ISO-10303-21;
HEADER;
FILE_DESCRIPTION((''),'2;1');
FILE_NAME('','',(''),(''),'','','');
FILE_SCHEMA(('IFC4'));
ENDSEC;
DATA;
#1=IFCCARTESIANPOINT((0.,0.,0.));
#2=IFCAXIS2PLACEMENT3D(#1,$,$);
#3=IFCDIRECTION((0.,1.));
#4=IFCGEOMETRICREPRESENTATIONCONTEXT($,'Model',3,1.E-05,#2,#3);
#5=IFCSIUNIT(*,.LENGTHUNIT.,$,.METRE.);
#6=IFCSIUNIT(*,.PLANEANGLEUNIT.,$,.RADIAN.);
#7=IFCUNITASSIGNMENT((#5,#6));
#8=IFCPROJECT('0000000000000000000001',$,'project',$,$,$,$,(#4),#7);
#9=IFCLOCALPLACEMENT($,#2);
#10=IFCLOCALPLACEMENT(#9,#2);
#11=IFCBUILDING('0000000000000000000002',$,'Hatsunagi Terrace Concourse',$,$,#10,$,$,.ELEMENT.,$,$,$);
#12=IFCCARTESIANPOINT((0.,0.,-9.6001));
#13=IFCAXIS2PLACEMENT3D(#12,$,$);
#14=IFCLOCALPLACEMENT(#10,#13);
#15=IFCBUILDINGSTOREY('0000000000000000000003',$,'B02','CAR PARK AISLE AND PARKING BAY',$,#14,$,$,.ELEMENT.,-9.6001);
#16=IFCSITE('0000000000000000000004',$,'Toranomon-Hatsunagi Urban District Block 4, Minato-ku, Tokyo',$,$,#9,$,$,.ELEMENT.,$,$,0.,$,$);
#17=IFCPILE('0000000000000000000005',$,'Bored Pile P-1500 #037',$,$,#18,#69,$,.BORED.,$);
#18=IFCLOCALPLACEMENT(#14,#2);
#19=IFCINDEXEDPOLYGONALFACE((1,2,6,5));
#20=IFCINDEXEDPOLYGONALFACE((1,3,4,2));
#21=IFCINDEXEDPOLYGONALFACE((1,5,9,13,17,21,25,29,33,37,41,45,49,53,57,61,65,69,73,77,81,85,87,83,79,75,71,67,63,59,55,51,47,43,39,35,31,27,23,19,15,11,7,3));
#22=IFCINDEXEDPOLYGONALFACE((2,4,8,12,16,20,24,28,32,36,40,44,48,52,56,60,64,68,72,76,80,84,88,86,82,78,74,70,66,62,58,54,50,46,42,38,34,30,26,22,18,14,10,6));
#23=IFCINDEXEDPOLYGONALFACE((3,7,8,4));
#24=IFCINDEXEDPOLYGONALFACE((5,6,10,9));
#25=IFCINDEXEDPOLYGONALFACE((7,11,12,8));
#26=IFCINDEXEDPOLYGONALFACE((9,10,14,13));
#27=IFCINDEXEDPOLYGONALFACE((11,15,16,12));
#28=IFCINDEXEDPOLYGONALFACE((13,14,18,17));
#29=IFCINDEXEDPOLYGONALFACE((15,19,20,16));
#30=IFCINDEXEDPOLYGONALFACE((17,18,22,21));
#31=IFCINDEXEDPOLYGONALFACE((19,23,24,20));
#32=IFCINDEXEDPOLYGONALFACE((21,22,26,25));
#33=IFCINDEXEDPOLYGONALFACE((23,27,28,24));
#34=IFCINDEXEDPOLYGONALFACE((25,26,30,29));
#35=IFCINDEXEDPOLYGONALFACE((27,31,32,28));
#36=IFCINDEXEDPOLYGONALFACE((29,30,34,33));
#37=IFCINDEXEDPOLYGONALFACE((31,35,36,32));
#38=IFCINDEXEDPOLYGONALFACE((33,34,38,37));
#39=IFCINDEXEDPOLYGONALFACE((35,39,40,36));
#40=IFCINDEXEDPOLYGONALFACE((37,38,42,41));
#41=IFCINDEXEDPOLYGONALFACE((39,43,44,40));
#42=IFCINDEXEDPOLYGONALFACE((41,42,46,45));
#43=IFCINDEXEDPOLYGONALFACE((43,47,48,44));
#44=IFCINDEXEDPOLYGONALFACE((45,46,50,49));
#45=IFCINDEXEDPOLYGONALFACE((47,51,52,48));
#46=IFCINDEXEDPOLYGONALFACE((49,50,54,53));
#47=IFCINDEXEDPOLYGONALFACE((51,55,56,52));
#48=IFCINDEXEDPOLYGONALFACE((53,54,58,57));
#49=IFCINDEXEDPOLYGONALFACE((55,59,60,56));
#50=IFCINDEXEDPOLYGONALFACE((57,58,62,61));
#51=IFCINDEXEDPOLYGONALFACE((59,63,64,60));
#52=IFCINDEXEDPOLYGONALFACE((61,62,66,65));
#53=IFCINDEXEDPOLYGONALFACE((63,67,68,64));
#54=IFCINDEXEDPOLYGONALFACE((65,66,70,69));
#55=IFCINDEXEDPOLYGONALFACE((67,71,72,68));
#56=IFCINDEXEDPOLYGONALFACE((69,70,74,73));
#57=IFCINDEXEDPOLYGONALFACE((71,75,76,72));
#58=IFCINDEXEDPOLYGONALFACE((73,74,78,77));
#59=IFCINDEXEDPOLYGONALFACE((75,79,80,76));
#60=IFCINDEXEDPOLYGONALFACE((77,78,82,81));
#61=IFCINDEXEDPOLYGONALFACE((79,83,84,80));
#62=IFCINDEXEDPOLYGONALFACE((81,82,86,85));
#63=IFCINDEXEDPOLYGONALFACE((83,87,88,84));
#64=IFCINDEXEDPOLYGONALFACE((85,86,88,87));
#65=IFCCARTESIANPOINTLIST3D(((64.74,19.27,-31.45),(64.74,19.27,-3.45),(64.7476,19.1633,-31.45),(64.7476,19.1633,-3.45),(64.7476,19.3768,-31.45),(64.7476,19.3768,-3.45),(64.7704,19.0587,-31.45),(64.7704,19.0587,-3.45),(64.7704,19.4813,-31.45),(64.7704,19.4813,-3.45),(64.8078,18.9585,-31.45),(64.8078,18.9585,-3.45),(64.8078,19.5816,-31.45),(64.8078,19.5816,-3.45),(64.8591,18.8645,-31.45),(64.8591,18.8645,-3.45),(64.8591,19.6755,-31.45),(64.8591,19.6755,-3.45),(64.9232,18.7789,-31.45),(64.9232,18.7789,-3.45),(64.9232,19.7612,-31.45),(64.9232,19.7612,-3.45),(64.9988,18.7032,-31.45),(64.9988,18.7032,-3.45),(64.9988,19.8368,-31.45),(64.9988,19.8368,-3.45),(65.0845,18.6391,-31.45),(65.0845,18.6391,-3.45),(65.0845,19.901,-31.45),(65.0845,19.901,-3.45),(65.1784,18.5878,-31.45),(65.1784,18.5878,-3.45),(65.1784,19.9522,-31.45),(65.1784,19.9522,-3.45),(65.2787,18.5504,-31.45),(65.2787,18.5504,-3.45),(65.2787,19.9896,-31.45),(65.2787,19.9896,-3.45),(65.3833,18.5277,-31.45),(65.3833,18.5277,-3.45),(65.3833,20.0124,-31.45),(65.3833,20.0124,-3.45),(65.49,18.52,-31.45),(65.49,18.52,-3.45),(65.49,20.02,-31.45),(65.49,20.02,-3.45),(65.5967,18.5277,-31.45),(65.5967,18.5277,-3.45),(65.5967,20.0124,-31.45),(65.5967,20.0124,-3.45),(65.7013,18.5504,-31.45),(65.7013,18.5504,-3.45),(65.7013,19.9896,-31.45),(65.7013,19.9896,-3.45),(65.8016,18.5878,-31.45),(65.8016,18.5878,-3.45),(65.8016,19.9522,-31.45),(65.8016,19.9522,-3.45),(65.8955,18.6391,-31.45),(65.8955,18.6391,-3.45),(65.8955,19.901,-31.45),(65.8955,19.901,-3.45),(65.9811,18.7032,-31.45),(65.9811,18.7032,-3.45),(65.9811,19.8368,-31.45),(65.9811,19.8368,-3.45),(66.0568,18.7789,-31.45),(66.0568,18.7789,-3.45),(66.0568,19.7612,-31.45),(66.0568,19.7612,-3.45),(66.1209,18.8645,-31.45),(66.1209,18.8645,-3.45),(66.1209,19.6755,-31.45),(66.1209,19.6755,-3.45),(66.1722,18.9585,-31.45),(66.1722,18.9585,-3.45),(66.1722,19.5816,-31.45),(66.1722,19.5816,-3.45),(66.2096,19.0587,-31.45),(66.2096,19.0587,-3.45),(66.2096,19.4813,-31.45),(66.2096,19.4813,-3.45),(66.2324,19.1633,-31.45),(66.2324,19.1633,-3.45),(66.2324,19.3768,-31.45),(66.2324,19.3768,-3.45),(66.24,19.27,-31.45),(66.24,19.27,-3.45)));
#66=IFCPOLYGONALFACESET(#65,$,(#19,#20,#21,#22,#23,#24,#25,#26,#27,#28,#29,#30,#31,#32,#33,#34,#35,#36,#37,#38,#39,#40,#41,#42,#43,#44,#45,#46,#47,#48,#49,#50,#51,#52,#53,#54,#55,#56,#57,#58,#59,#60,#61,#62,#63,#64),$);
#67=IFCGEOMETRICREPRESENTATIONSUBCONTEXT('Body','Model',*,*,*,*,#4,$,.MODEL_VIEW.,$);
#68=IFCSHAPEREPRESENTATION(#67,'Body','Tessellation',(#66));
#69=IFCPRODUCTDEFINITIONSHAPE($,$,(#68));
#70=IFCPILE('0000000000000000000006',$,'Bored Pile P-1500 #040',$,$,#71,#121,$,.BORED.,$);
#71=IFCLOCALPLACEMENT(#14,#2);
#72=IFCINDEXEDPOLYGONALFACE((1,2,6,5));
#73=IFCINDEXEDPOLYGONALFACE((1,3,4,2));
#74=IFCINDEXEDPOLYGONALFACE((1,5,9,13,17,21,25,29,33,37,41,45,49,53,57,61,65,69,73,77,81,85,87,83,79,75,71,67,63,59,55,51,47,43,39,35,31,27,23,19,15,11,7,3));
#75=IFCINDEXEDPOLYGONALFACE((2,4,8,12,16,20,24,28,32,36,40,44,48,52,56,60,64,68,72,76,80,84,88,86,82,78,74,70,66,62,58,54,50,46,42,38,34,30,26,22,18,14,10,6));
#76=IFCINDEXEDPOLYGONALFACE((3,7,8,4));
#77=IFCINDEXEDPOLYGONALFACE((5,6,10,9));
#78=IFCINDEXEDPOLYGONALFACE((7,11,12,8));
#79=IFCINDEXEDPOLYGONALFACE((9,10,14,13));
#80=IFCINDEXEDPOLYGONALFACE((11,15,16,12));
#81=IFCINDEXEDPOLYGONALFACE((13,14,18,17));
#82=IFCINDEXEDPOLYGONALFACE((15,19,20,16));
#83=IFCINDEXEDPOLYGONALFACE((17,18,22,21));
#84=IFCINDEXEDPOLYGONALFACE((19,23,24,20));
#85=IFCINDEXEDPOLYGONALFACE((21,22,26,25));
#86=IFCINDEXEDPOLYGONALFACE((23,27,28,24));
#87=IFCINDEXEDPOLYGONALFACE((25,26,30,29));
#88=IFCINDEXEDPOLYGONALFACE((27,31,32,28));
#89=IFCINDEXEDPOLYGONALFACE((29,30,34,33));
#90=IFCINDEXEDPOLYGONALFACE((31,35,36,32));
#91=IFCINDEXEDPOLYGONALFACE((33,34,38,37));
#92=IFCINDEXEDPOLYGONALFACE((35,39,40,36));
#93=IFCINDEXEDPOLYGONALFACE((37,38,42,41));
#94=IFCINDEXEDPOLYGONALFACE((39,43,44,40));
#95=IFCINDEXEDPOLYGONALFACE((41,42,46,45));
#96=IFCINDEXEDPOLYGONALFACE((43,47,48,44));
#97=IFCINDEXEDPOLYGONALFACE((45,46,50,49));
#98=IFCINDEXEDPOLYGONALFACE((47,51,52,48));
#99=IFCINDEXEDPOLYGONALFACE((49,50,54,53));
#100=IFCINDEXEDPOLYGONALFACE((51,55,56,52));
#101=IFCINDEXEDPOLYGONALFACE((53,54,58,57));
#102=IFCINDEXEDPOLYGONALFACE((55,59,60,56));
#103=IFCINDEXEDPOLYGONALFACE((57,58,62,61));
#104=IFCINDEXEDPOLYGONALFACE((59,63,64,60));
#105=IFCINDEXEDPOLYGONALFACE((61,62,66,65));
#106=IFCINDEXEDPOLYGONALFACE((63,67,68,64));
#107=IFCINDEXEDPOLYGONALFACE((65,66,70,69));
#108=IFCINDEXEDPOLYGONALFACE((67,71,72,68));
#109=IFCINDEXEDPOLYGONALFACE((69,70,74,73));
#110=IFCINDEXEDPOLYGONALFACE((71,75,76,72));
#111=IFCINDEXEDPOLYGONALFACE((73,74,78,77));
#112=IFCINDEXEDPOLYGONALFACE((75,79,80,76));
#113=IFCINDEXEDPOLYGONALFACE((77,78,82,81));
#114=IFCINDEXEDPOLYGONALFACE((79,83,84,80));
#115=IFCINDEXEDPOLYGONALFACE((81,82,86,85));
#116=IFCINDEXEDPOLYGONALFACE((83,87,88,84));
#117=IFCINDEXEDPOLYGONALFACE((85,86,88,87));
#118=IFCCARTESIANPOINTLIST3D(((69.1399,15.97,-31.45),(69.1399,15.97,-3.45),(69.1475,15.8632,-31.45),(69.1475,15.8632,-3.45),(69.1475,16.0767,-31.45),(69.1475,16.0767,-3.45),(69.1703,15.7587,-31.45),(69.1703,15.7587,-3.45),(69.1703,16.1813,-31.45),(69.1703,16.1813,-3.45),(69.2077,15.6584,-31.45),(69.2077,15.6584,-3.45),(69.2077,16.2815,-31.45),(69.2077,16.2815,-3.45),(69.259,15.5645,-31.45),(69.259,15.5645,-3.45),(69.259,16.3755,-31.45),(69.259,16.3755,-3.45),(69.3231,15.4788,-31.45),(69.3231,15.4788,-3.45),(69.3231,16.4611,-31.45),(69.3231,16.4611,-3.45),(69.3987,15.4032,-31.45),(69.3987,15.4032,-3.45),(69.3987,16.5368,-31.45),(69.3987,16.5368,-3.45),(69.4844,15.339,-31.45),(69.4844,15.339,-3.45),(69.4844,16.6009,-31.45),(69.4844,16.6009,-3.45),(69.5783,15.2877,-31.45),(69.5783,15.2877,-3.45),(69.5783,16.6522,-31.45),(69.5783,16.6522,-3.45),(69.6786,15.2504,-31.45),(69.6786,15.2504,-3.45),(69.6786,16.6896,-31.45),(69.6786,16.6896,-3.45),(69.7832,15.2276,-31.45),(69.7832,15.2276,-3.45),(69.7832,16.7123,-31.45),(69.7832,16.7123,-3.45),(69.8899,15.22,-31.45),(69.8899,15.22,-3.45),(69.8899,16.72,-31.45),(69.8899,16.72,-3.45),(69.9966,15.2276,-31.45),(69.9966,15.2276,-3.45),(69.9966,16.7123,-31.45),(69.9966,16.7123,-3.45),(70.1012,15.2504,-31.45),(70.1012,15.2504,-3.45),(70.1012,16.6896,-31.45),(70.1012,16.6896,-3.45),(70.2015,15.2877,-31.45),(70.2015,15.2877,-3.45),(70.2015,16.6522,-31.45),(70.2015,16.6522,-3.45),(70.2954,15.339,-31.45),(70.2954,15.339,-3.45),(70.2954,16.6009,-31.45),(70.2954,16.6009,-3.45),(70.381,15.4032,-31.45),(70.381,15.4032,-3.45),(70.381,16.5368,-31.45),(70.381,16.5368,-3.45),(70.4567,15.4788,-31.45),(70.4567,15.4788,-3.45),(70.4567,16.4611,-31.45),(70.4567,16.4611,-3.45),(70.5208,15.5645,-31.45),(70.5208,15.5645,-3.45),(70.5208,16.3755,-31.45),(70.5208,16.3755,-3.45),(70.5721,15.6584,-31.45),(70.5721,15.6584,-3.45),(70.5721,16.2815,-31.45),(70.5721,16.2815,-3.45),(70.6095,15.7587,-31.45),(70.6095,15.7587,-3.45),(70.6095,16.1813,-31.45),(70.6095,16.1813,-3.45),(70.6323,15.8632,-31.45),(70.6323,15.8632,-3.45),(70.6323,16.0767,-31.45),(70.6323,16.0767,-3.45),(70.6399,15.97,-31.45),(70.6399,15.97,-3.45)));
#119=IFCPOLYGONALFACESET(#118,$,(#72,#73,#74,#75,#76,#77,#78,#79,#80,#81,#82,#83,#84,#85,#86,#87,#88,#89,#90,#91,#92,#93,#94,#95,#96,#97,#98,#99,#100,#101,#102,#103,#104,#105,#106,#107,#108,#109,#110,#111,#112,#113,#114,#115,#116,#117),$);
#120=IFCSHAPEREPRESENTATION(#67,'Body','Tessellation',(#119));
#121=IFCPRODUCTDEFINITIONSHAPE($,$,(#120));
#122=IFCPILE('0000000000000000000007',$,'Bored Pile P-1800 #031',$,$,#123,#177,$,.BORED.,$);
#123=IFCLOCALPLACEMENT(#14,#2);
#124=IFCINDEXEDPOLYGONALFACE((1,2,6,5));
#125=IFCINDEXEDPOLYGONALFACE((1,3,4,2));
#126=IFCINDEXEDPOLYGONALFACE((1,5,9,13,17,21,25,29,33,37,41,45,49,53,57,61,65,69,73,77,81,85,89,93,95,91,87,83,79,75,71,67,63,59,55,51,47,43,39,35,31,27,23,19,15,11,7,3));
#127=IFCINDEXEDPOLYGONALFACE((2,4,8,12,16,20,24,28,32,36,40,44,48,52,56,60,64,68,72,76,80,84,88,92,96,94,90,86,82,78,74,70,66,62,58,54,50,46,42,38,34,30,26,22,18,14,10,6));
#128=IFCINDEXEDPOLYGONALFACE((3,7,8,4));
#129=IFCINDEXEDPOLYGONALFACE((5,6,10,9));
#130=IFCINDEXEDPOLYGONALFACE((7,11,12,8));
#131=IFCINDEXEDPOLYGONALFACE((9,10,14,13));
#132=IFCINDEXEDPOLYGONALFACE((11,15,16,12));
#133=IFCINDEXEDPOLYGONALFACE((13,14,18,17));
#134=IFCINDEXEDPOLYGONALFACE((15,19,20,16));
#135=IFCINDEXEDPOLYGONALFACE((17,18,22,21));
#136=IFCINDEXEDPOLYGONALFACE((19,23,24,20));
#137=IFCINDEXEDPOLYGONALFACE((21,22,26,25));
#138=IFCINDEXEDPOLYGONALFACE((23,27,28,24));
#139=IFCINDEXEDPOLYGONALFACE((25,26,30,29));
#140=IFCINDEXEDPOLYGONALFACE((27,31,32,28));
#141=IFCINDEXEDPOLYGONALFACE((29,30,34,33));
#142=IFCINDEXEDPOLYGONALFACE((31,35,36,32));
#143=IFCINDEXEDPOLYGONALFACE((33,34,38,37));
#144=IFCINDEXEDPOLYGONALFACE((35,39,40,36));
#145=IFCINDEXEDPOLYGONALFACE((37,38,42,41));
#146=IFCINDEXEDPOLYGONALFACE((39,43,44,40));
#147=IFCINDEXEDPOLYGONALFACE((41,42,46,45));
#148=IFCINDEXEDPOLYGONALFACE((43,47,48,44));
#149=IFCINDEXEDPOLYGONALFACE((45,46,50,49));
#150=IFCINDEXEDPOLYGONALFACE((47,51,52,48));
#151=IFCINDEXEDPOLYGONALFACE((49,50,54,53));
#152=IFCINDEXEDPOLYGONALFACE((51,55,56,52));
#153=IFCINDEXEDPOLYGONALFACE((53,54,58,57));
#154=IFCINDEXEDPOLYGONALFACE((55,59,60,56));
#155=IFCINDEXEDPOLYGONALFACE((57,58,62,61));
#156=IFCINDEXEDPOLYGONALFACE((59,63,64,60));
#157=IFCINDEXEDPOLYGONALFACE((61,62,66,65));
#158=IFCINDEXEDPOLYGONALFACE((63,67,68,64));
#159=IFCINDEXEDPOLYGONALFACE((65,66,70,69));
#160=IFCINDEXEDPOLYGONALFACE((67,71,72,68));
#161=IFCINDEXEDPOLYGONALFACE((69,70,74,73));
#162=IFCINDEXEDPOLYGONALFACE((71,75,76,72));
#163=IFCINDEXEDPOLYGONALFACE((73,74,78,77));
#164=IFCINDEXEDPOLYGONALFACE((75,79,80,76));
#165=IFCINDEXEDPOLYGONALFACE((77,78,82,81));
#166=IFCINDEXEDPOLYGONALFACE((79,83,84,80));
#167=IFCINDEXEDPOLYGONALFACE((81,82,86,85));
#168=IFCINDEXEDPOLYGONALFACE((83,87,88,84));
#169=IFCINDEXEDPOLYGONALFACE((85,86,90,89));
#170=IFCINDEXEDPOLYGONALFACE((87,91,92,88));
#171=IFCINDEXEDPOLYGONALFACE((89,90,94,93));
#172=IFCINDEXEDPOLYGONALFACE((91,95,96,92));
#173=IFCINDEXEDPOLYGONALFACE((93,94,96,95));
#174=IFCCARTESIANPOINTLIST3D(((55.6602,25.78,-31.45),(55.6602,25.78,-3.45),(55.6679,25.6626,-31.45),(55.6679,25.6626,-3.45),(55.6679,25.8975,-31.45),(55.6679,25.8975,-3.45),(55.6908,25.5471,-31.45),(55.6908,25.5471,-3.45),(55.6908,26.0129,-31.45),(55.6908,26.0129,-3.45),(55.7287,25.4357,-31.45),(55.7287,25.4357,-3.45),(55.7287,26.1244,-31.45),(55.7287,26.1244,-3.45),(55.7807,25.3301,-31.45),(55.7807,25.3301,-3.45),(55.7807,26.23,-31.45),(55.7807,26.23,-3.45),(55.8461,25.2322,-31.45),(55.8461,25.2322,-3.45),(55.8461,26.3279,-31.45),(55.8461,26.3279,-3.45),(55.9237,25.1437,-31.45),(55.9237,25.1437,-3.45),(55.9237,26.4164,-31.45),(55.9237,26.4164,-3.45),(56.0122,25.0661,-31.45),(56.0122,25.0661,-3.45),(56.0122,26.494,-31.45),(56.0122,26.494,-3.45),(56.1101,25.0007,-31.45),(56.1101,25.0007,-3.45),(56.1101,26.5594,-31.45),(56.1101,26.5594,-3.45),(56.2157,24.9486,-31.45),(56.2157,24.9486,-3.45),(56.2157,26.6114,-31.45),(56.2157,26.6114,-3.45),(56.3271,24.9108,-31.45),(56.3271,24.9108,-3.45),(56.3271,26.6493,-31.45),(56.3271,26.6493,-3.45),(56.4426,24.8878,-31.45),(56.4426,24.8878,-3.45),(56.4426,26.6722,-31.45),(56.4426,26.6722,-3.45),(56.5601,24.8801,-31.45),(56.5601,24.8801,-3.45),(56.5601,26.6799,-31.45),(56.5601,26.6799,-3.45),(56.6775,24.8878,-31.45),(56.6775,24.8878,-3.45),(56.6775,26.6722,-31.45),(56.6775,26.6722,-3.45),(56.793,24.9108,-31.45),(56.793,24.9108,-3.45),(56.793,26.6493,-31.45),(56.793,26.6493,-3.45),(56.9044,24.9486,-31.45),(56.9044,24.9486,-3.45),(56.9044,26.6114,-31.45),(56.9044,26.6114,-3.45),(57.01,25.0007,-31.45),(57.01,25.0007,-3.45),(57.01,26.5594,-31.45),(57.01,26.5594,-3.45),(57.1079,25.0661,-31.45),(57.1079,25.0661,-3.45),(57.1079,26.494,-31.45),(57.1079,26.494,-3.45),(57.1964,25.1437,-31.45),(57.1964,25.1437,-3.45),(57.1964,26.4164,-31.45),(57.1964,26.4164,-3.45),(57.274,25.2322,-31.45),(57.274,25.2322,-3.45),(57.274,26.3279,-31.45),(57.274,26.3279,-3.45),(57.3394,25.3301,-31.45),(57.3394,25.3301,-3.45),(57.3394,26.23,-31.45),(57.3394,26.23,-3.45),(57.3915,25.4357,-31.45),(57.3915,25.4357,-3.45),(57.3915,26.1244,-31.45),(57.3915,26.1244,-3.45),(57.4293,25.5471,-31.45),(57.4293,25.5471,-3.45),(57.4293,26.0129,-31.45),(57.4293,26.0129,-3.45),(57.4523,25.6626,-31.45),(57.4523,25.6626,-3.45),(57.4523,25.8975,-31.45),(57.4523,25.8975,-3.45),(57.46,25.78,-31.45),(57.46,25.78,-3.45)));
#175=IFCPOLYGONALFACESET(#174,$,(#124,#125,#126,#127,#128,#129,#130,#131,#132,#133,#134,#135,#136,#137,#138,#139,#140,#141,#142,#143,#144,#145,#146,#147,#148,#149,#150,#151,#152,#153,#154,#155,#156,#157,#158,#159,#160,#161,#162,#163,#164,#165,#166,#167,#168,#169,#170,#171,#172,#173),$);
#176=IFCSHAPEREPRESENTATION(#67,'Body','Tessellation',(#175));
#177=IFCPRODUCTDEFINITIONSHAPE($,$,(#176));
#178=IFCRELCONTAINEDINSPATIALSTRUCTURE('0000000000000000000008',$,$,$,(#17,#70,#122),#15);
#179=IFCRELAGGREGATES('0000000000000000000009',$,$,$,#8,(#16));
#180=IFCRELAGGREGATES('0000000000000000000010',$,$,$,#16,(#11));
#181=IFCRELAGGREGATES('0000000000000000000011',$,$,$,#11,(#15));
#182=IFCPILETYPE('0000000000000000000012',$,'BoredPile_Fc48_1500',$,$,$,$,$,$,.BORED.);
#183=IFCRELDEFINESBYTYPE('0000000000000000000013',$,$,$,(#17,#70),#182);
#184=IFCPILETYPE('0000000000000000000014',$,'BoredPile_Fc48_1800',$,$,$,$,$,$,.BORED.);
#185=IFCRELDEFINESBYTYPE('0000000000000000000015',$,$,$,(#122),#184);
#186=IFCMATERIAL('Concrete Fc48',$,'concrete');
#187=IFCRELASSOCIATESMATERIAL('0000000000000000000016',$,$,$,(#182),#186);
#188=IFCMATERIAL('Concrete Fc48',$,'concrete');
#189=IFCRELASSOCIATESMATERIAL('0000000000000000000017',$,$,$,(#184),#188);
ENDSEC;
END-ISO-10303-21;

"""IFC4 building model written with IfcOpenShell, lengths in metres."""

from ifc_helpers import new_model, si_unit, direction, frame, origin, origin_2d, place, context, subcontext, project, spatial, circle, extrude, material, material_profile, profile_set, type_object, element, save


model = new_model("IFC4")

# Units and contexts
model_context = context("Model", 3, precision=1e-05, world=origin(), true_north=direction((0.0, 1.0)))
body_context = subcontext(model_context, "Body", "Model", "MODEL_VIEW")
ifc_project = project(units=[si_unit("LENGTHUNIT", "METRE"), si_unit("PLANEANGLEUNIT", "RADIAN")], contexts=[model_context])

# Site, building, storey
site_placement = place(None, origin())
site = spatial("IfcSite", under=ifc_project, at=site_placement, Name="Toranomon-Hatsunagi Urban District Block 4, Minato-ku, Tokyo", CompositionType="ELEMENT", RefElevation=0.0)
building_placement = place(site_placement, origin())
building = spatial("IfcBuilding", under=site, at=building_placement, Name="Hatsunagi Terrace Concourse", CompositionType="ELEMENT")
storey_placement = place(building_placement, frame((0.0, 0.0, -9.6001)))
storey = spatial("IfcBuildingStorey", under=building, at=storey_placement, Name="B02", Description="CAR PARK AISLE AND PARKING BAY", CompositionType="ELEMENT", Elevation=-9.6001)

# Piles
ifc_material_1 = material(Name="Concrete Fc48", Category="concrete")
ifc_material_profile_1 = material_profile(ifc_material_1, circle(Radius=0.75, at=origin_2d()), Name="PILE-1500")
ifc_profile_set_1 = profile_set([ifc_material_profile_1], Name="Concrete Fc48")
pile_type_1 = type_object("IfcPileType", Name="BoredPile_Fc48_1500", PredefinedType="BORED", material=ifc_profile_set_1)
for number, where, z_axis, x_axis, name in (
    (1, (65.49, 19.27, -3.45), (0.0, 0.0, -1.0), (1.0, 0.0, 0.0), "Bored Pile P-1500 #037"),
    (2, (69.8899, 15.97, -3.45), (0.0, 0.0, -1.0), (1.0, 0.0, 0.0), "Bored Pile P-1500 #040"),
):
    element("IfcPile", number, at=place(storey_placement, frame(where, z_axis=z_axis, x_axis=x_axis)), inside=storey, type_object=pile_type_1, Name=name, PredefinedType="BORED", context=body_context, shape_type="SweptSolid", body=[
        extrude(circle(Radius=0.75, at=origin_2d()), origin(), (0.0, 0.0, 1.0), 28.0),
    ])
ifc_material_2 = material(Name="Concrete Fc48", Category="concrete")
ifc_material_profile_2 = material_profile(ifc_material_2, circle(Radius=0.8999, at=origin_2d()), Name="PILE-1800")
ifc_profile_set_2 = profile_set([ifc_material_profile_2], Name="Concrete Fc48")
pile_type_2 = type_object("IfcPileType", Name="BoredPile_Fc48_1800", PredefinedType="BORED", material=ifc_profile_set_2)
for number, where, z_axis, x_axis, name in (
    (3, (56.5601, 25.78, -3.45), (0.0, 0.0, -1.0), (1.0, 0.0, 0.0), "Bored Pile P-1800 #031"),
):
    element("IfcPile", number, at=place(storey_placement, frame(where, z_axis=z_axis, x_axis=x_axis)), inside=storey, type_object=pile_type_2, Name=name, PredefinedType="BORED", context=body_context, shape_type="SweptSolid", body=[
        extrude(circle(Radius=0.8999, at=origin_2d()), origin(), (0.0, 0.0, 1.0), 28.0),
    ])

save(model, "model.ifc")
